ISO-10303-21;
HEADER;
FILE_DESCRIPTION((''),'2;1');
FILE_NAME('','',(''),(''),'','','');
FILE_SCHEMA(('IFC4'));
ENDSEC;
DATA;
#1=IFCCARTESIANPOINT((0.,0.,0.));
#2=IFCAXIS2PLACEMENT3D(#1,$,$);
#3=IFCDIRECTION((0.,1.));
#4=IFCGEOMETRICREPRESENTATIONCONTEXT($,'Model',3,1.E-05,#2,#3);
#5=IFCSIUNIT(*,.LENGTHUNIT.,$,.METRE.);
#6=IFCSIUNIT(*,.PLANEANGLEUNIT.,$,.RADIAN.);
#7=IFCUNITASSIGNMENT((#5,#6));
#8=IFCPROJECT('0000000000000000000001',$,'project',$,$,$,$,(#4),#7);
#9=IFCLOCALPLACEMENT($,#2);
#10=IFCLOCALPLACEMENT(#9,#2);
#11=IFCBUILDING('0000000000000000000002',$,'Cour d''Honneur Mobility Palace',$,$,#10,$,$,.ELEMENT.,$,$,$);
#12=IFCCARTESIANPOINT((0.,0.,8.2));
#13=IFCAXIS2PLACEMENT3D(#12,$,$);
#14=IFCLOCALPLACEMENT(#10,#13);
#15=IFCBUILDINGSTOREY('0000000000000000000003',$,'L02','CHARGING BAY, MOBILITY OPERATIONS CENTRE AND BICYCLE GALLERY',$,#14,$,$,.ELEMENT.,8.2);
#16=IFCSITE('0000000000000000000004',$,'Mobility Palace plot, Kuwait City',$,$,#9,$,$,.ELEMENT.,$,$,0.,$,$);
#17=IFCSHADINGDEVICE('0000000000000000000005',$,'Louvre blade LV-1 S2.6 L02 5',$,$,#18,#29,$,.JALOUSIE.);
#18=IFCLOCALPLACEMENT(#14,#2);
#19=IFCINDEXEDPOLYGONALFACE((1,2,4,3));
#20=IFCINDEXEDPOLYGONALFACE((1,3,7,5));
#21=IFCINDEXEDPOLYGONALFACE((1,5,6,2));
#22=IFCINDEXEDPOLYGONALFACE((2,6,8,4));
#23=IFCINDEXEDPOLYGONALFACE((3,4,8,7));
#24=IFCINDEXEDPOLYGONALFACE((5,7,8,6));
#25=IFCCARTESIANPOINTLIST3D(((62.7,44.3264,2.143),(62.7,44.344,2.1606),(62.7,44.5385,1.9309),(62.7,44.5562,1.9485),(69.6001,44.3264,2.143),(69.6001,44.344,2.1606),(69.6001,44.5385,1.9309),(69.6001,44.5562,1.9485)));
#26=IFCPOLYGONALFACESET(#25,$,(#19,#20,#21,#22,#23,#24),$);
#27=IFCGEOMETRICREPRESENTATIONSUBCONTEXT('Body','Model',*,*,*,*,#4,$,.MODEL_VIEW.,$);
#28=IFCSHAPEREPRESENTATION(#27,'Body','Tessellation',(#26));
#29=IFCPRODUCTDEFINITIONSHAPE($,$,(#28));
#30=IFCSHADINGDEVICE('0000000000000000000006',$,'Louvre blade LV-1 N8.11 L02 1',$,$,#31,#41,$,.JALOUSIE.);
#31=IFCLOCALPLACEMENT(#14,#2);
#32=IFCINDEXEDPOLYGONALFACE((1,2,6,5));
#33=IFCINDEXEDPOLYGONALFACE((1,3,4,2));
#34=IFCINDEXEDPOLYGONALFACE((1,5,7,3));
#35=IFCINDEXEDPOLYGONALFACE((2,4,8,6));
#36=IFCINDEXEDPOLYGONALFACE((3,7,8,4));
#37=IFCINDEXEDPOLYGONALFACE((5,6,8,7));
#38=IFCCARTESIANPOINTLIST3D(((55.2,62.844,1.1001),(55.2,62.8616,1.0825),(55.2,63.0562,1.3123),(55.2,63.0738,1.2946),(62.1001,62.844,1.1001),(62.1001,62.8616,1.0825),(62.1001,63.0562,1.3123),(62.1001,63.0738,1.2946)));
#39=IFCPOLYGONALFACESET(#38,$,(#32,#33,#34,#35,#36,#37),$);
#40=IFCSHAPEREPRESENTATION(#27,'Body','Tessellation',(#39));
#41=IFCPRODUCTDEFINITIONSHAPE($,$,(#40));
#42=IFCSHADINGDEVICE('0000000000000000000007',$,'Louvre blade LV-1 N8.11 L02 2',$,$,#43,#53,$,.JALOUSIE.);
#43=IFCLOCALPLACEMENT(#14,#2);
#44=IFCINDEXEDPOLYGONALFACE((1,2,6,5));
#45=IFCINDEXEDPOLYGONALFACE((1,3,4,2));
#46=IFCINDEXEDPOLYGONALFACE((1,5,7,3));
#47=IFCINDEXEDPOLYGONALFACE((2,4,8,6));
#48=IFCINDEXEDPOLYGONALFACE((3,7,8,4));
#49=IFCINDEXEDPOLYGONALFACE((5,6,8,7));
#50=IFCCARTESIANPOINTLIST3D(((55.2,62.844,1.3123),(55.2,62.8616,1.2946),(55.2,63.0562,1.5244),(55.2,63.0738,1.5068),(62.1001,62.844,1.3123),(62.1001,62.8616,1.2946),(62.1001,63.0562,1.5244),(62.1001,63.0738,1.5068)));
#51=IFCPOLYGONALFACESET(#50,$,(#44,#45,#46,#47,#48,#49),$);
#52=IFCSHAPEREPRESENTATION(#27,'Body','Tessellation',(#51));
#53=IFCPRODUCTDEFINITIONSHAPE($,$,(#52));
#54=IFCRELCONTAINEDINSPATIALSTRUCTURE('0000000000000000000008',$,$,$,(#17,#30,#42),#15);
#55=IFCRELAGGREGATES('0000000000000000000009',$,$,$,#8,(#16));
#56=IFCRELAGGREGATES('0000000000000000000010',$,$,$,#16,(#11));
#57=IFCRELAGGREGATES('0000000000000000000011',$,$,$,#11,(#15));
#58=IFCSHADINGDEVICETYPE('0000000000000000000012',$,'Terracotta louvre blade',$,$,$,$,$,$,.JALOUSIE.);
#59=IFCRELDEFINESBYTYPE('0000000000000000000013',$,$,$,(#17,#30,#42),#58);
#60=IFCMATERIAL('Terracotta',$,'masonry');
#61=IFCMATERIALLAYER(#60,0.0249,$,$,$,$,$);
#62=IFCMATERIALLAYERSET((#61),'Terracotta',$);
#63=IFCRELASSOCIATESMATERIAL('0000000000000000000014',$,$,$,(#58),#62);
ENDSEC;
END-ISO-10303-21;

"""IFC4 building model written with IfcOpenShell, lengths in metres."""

from ifc_helpers import new_model, si_unit, direction, frame, origin, place, context, subcontext, project, spatial, polyline, outline, extrude, material, layer, layer_set, type_object, element, save


model = new_model("IFC4")

# Units and contexts
model_context = context("Model", 3, precision=1e-05, world=origin(), true_north=direction((0.0, 1.0)))
body_context = subcontext(model_context, "Body", "Model", "MODEL_VIEW")
ifc_project = project(units=[si_unit("LENGTHUNIT", "METRE"), si_unit("PLANEANGLEUNIT", "RADIAN")], contexts=[model_context])

# Site, building, storey
site_placement = place(None, origin())
site = spatial("IfcSite", under=ifc_project, at=site_placement, Name="Mobility Palace plot, Kuwait City", CompositionType="ELEMENT", RefElevation=0.0)
building_placement = place(site_placement, origin())
building = spatial("IfcBuilding", under=site, at=building_placement, Name="Cour d'Honneur Mobility Palace", CompositionType="ELEMENT")
storey_placement = place(building_placement, frame((0.0, 0.0, 8.2)))
storey = spatial("IfcBuildingStorey", under=building, at=storey_placement, Name="L02", Description="CHARGING BAY, MOBILITY OPERATIONS CENTRE AND BICYCLE GALLERY", CompositionType="ELEMENT", Elevation=8.2)

# Shading devices
ifc_material_1 = material(Name="Terracotta", Category="masonry")
ifc_layer_1 = layer(ifc_material_1, 0.0249)
ifc_layer_set_1 = layer_set([ifc_layer_1], Name="Terracotta")
shading_device_type = type_object("IfcShadingDeviceType", Name="Terracotta louvre blade", PredefinedType="JALOUSIE", material=ifc_layer_set_1)
for number, where, z_axis, x_axis, name in (
    (1, (62.7, 44.5562, 1.9485), (0.0, 0.707107, 0.707107), (1.0, 0.0, 0.0), "Louvre blade LV-1 S2.6 L02 5"),
    (2, (62.1001, 62.844, 1.1001), (0.0, -0.707107, 0.707107), (-1.0, 0.0, 0.0), "Louvre blade LV-1 N8.11 L02 1"),
    (3, (62.1001, 62.844, 1.3123), (0.0, -0.707107, 0.707107), (-1.0, 0.0, 0.0), "Louvre blade LV-1 N8.11 L02 2"),
):
    element("IfcShadingDevice", number, at=place(storey_placement, frame(where, z_axis=z_axis, x_axis=x_axis)), inside=storey, type_object=shading_device_type, Name=name, PredefinedType="JALOUSIE", context=body_context, shape_type="SweptSolid", body=[
        extrude(outline(polyline([(0.0, 0.0), (6.9001, 0.0), (6.9001, -0.3), (0.0, -0.3), (0.0, 0.0)])), origin(), (0.0, 0.0, -1.0), 0.0249),
    ])

save(model, "model.ifc")
